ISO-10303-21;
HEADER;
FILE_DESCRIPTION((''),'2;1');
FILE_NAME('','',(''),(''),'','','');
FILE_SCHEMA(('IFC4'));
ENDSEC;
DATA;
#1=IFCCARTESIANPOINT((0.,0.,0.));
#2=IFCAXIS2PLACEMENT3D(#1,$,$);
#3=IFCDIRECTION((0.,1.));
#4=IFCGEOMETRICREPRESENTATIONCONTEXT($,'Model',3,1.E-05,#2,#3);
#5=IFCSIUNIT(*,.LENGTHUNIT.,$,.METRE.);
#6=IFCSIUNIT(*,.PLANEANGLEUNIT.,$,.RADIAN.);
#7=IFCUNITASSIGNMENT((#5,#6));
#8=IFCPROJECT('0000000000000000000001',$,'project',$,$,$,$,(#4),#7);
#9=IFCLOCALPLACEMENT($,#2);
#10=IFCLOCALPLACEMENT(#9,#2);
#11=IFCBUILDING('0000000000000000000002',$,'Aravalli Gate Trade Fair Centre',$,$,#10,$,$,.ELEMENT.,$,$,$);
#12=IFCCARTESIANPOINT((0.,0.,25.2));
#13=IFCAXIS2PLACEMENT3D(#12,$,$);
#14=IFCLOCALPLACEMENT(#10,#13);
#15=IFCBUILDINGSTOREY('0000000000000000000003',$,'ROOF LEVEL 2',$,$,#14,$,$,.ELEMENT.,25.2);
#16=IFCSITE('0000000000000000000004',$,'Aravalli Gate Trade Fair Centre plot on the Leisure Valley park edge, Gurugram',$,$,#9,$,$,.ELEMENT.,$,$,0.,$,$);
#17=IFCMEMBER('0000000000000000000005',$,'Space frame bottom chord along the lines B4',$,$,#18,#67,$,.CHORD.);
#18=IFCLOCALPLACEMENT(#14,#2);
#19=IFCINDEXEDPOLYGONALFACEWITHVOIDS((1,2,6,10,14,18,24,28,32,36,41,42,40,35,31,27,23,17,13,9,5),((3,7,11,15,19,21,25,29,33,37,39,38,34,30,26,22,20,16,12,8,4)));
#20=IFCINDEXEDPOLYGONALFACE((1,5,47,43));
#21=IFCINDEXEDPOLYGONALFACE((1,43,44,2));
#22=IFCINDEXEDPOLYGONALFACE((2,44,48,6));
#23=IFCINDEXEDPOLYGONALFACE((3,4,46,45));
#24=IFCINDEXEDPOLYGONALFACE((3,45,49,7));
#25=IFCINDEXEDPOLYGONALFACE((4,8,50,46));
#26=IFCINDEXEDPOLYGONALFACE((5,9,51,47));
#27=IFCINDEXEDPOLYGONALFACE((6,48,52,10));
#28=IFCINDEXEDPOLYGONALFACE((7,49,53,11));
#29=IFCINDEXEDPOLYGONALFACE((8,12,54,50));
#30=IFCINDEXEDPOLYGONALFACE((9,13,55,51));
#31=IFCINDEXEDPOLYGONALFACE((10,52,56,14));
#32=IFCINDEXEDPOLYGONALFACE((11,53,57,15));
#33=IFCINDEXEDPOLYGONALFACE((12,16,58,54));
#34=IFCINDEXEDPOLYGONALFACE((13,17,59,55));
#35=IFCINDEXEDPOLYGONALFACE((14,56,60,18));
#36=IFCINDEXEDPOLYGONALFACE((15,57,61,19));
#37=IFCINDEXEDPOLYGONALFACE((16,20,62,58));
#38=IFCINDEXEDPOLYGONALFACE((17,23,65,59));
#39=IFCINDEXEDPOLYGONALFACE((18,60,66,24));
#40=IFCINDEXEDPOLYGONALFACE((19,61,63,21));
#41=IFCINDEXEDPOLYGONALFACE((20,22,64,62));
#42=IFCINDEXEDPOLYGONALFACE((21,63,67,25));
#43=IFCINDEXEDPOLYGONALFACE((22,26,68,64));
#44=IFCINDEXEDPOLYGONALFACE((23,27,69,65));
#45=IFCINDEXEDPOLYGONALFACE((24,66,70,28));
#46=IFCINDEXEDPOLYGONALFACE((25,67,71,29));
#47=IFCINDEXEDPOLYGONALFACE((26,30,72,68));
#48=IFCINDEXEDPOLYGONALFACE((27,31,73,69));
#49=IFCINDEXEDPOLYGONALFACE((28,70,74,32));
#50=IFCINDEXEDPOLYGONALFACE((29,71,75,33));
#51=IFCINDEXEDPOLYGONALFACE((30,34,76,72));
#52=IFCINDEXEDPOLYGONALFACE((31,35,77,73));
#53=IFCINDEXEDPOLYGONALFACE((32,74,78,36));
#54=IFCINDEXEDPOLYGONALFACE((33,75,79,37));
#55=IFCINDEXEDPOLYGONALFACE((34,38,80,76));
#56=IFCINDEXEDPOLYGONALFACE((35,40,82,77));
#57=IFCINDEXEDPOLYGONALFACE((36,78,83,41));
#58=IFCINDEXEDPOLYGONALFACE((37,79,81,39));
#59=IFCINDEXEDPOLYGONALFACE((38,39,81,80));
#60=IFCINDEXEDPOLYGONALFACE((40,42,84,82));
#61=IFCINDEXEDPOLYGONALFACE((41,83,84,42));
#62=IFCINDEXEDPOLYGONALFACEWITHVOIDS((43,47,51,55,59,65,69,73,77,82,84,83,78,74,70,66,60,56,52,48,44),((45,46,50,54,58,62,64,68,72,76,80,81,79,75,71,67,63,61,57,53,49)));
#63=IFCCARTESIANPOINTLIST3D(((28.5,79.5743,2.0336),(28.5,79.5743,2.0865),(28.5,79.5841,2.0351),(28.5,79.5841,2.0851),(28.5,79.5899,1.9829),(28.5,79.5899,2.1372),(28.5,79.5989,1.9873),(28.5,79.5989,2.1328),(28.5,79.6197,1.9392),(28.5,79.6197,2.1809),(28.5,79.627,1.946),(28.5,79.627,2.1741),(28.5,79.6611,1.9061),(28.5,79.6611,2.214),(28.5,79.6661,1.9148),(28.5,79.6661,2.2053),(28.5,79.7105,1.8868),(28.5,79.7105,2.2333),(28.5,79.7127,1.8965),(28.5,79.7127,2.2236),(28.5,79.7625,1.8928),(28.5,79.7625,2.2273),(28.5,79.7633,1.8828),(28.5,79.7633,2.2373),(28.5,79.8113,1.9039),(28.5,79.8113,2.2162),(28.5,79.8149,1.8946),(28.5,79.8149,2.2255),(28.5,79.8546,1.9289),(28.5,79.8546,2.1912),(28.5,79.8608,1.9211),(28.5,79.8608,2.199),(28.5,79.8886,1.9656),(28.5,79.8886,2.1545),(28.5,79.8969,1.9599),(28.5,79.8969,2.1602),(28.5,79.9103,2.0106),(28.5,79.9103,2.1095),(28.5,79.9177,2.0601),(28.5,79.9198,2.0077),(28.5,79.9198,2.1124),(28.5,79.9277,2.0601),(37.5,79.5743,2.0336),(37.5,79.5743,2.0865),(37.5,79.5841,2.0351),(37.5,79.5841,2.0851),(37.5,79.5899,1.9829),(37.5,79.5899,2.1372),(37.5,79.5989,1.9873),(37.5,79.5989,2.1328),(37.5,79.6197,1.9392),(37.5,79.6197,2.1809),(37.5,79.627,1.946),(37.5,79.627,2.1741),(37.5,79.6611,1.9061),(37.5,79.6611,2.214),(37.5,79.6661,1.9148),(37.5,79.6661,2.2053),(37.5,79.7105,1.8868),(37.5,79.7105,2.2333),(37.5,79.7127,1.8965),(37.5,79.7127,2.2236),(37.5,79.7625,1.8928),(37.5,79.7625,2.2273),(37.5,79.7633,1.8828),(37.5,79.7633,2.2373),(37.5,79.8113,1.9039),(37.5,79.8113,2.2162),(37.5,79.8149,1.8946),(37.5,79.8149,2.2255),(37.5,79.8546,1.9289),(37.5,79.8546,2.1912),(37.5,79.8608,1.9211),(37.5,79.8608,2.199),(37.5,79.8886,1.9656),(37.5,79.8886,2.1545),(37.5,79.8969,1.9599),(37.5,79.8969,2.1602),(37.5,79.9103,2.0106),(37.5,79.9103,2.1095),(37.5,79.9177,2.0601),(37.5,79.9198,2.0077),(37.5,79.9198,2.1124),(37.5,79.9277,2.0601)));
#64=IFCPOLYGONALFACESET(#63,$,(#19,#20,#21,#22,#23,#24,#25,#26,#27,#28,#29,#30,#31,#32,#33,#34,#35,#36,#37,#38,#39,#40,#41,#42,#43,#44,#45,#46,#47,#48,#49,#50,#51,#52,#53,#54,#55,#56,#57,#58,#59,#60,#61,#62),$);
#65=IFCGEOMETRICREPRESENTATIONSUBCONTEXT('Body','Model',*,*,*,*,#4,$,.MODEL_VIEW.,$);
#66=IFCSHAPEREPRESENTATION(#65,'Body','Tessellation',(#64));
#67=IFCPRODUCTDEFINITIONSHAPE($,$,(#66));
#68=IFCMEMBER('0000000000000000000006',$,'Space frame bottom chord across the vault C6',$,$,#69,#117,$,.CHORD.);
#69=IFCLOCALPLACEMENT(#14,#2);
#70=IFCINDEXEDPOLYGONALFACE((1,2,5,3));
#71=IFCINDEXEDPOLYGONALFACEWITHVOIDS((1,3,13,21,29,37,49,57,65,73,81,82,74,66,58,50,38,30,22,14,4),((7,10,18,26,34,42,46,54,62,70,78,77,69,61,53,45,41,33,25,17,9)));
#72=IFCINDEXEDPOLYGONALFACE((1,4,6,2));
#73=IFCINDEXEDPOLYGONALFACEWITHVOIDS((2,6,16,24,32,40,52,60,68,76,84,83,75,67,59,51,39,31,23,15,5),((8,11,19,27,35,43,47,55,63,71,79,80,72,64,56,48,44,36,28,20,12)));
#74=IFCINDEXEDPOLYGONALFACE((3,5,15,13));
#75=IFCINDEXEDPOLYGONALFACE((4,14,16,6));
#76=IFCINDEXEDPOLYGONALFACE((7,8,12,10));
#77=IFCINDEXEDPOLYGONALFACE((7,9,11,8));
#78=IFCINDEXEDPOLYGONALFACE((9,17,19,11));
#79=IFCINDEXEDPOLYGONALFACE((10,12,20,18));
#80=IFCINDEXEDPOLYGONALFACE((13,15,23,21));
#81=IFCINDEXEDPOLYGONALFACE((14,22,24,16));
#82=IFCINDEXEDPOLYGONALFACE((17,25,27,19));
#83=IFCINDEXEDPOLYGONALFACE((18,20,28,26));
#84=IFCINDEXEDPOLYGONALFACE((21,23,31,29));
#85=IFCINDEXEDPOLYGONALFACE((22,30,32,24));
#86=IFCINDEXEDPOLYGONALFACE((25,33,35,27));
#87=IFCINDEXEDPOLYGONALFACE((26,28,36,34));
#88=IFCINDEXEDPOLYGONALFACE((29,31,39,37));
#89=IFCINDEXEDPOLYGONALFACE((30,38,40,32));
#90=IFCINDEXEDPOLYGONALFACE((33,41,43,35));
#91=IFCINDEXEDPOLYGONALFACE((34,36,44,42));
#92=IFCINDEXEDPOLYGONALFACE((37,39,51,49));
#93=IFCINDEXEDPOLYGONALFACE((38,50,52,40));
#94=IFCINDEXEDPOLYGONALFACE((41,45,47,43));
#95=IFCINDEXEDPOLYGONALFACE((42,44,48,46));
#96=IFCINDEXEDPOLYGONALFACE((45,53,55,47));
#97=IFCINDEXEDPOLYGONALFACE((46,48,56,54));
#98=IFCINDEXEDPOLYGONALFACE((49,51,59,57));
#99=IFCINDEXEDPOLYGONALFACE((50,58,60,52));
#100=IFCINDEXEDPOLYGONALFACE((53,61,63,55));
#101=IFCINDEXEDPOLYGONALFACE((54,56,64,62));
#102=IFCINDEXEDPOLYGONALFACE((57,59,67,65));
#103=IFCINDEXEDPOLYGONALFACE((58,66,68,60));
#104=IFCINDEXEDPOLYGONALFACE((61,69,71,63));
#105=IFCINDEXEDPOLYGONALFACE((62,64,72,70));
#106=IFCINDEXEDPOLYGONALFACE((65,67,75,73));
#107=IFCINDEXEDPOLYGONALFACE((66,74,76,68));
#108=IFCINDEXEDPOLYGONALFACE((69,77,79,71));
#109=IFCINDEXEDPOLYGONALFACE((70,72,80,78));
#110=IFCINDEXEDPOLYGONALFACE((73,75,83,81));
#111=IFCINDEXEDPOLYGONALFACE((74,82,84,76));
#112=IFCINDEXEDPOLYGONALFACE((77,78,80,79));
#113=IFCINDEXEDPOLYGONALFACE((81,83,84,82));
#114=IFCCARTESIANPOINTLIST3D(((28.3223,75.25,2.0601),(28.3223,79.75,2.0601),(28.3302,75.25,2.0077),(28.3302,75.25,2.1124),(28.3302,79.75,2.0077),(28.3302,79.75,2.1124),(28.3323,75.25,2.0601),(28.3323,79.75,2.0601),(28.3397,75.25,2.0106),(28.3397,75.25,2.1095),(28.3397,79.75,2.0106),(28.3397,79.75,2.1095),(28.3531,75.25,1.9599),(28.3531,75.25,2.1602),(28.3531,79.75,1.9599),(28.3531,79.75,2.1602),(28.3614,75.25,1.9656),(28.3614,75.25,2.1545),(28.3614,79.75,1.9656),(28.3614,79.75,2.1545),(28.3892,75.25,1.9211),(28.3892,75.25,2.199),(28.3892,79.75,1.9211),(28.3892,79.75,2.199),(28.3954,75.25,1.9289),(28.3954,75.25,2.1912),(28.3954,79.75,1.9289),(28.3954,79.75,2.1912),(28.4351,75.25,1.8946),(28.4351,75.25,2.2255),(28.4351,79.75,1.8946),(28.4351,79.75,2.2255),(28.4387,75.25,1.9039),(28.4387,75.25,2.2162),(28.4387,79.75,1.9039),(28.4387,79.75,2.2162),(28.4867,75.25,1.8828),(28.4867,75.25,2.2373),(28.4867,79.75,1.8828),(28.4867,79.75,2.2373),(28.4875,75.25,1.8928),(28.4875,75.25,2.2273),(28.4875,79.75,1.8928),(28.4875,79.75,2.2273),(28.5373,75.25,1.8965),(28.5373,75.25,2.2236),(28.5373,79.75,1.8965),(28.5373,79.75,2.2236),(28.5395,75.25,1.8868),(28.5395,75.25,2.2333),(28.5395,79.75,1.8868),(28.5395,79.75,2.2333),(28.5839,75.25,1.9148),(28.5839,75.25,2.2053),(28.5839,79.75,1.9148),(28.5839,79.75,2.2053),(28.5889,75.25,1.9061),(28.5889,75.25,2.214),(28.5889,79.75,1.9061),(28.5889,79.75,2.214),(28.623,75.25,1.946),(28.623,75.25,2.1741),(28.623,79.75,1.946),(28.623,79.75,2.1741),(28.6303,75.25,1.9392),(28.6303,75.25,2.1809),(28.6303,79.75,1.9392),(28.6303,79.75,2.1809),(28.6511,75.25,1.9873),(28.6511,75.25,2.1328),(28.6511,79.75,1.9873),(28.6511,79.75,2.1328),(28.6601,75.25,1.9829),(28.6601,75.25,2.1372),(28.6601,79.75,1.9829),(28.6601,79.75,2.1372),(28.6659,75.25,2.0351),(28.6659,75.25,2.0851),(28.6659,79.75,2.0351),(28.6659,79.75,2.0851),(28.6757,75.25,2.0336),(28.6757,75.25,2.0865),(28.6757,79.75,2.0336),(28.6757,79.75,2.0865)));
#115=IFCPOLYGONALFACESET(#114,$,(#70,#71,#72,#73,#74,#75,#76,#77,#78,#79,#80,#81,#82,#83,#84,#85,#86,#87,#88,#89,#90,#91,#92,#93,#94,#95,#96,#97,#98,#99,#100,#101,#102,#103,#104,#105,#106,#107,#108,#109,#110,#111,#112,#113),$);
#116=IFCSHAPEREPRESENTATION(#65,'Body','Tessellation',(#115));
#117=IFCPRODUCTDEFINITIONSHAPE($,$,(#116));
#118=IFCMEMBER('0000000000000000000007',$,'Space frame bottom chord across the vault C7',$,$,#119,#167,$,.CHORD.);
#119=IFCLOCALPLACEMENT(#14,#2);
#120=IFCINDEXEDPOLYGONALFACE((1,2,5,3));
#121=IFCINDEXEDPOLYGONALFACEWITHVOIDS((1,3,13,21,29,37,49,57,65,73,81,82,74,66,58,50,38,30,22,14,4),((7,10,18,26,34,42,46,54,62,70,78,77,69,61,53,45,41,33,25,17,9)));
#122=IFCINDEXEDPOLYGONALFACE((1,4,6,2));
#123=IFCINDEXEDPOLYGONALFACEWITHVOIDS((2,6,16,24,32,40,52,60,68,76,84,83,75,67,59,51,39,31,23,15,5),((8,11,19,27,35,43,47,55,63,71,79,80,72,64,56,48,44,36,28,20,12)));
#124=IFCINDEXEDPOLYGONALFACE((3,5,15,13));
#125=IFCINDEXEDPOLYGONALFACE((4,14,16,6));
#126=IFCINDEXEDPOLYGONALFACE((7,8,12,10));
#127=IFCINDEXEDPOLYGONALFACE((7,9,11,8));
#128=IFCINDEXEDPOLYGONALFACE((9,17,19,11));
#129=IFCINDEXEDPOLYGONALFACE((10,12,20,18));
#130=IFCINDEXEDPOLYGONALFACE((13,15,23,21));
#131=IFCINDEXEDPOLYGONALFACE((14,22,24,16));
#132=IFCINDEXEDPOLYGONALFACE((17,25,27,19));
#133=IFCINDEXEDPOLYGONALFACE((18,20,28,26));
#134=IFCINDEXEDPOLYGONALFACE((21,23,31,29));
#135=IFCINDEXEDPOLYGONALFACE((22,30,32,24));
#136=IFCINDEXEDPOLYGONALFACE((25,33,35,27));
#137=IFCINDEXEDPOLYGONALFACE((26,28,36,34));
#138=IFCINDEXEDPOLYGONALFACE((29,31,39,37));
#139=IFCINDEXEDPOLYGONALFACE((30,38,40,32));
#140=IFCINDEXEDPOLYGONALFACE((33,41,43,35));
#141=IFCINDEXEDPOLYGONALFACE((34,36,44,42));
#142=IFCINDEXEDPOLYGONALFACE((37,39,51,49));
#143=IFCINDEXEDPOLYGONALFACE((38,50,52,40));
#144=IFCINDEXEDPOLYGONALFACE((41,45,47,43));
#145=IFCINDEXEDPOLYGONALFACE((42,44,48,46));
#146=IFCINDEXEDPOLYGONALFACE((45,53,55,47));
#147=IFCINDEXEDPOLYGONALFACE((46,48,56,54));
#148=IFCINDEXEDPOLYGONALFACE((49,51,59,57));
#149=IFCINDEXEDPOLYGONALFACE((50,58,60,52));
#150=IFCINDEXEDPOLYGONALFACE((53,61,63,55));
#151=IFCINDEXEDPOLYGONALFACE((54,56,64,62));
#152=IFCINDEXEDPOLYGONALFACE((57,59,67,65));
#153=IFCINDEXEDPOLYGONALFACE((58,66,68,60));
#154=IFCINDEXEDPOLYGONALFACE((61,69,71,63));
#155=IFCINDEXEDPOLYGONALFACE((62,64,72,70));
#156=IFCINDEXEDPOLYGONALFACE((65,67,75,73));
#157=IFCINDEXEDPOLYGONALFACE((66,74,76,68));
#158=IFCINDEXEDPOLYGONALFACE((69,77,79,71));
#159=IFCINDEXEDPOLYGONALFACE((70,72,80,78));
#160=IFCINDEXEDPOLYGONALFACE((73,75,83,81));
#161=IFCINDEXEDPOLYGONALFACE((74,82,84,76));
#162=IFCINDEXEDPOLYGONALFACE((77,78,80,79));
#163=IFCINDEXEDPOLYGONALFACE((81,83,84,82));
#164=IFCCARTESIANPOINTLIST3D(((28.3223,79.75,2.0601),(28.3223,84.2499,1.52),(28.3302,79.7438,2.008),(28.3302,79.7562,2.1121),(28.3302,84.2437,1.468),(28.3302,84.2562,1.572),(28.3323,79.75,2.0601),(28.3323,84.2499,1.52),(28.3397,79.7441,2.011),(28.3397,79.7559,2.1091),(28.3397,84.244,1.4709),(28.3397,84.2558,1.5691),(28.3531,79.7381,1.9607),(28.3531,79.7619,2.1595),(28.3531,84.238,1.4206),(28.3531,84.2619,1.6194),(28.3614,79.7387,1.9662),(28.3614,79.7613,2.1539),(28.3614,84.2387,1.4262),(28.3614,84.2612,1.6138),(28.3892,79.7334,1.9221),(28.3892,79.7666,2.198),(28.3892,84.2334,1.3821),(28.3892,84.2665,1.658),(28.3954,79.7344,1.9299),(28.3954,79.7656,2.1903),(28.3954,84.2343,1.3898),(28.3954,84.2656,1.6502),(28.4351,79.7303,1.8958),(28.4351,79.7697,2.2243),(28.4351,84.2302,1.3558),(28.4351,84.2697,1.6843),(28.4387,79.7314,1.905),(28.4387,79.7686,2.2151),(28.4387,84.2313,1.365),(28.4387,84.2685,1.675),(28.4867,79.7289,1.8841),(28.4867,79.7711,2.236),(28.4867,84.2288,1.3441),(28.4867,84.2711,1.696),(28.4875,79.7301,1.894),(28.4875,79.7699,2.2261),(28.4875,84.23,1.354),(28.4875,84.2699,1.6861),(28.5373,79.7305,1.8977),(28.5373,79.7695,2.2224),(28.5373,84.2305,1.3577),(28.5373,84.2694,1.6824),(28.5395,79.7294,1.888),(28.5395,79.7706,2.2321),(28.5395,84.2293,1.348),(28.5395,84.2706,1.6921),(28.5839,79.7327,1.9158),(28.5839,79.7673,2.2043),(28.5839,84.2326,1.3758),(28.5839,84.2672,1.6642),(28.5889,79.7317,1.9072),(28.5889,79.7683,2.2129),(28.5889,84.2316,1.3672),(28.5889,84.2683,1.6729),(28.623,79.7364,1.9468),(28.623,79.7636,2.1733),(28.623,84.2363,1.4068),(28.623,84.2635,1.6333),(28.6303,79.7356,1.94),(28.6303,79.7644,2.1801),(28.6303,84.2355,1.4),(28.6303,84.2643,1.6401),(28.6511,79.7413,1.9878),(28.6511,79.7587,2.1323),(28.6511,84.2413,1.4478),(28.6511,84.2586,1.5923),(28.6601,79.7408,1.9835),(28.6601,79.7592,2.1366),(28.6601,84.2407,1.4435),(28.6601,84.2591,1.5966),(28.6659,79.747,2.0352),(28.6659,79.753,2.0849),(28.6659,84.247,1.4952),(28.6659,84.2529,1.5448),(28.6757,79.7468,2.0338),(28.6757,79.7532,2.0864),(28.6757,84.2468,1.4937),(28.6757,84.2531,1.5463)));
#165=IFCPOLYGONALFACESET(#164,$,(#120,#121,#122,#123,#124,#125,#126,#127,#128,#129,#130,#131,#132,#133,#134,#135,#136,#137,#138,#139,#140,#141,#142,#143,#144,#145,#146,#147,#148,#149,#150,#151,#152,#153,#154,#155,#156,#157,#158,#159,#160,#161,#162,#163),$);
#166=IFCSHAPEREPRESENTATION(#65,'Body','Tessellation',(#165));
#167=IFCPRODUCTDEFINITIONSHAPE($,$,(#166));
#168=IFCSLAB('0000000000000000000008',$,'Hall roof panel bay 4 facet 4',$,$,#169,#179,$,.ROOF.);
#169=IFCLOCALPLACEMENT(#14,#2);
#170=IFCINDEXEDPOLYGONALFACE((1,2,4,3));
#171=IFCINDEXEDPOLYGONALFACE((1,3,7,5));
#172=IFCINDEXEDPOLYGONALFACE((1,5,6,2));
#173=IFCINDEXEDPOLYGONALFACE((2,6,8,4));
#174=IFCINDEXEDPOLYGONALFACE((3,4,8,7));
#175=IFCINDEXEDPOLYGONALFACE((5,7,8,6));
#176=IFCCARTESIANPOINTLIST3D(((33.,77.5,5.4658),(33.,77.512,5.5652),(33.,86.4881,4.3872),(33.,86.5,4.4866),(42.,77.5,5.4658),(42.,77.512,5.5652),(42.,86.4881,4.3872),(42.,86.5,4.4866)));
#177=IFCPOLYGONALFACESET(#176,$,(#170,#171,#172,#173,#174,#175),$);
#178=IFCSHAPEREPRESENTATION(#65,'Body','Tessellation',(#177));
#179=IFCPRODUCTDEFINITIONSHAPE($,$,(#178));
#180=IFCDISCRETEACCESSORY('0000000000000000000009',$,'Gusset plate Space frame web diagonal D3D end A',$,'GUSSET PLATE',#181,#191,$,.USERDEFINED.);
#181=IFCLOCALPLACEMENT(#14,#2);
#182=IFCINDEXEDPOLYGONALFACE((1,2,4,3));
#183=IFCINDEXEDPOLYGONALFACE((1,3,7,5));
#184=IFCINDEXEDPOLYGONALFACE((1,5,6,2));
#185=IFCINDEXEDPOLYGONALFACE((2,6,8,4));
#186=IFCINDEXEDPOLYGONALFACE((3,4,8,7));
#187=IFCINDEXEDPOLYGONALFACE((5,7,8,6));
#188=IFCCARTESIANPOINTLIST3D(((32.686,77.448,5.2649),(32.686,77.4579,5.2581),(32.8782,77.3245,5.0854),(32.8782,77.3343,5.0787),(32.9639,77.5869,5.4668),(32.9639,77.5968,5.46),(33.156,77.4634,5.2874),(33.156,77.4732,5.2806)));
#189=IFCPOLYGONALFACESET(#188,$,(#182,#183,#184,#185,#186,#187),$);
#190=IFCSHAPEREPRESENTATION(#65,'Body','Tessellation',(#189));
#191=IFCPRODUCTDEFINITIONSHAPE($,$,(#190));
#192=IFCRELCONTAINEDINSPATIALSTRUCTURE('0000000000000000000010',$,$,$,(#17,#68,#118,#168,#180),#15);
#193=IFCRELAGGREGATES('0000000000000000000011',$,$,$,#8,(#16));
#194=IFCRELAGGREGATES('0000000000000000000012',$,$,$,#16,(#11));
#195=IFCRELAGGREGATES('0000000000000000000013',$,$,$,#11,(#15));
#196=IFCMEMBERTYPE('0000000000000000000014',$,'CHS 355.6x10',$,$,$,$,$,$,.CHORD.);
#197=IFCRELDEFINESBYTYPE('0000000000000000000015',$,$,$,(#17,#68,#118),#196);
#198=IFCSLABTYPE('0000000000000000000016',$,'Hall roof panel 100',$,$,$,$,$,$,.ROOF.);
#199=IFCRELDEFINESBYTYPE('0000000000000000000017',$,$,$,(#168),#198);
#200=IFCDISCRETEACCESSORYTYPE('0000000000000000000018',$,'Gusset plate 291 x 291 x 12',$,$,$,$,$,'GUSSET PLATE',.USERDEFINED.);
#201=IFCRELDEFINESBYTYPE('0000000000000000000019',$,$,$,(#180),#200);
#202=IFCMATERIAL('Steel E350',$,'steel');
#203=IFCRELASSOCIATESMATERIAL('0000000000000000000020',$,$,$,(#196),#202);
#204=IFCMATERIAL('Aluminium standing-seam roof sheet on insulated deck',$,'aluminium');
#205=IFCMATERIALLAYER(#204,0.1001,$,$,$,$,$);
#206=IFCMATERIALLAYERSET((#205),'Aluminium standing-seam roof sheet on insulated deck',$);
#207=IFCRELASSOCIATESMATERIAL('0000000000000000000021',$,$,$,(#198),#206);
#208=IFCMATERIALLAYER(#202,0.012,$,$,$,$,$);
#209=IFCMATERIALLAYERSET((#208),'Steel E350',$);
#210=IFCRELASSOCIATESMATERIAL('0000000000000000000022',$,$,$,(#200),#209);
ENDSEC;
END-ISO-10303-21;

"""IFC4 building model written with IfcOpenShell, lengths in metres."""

from ifc_helpers import new_model, si_unit, direction, frame, origin, origin_2d, place, context, subcontext, project, spatial, polyline, hollow_circle, outline, extrude, material, layer, layer_set, material_profile, profile_set, type_object, element, save


model = new_model("IFC4")

# Units and contexts
model_context = context("Model", 3, precision=1e-05, world=origin(), true_north=direction((0.0, 1.0)))
body_context = subcontext(model_context, "Body", "Model", "MODEL_VIEW")
ifc_project = project(units=[si_unit("LENGTHUNIT", "METRE"), si_unit("PLANEANGLEUNIT", "RADIAN")], contexts=[model_context])

# Site, building, storey
site_placement = place(None, origin())
site = spatial("IfcSite", under=ifc_project, at=site_placement, Name="Aravalli Gate Trade Fair Centre plot on the Leisure Valley park edge, Gurugram", CompositionType="ELEMENT", RefElevation=0.0)
building_placement = place(site_placement, origin())
building = spatial("IfcBuilding", under=site, at=building_placement, Name="Aravalli Gate Trade Fair Centre", CompositionType="ELEMENT")
storey_placement = place(building_placement, frame((0.0, 0.0, 25.2)))
storey = spatial("IfcBuildingStorey", under=building, at=storey_placement, Name="ROOF LEVEL 2", CompositionType="ELEMENT", Elevation=25.2)

# Members
ifc_material_1 = material(Name="Steel E350", Category="steel")
ifc_material_profile_1 = material_profile(ifc_material_1, hollow_circle(Radius=0.1777, WallThickness=0.01, at=origin_2d()), Name="CHS 355.6x10")
ifc_profile_set_1 = profile_set([ifc_material_profile_1], Name="Steel E350")
member_type_1 = type_object("IfcMemberType", Name="CHS 355.6x10", PredefinedType="CHORD", material=ifc_profile_set_1)
for number, where, z_axis, x_axis, name in (
    (1, (28.5, 79.75, 2.0601), (1.0, 0.0, 0.0), (0.0, 1.0, 0.0), "Space frame bottom chord along the lines B4"),
):
    element("IfcMember", number, at=place(storey_placement, frame(where, z_axis=z_axis, x_axis=x_axis)), inside=storey, type_object=member_type_1, Name=name, PredefinedType="CHORD", context=body_context, shape_type="SweptSolid", body=[
        extrude(hollow_circle(Radius=0.1777, WallThickness=0.01, at=origin_2d()), origin(), (0.0, 0.0, 1.0), 9.0),
    ])
member_1_placement = place(storey_placement, frame((28.5, 75.25, 2.0601), z_axis=(0.0, 1.0, 0.0), x_axis=(-1.0, 0.0, 0.0)))
element("IfcMember", 2, at=member_1_placement, inside=storey, type_object=member_type_1, Name="Space frame bottom chord across the vault C6", PredefinedType="CHORD", context=body_context, shape_type="SweptSolid", body=[
    extrude(hollow_circle(Radius=0.1777, WallThickness=0.01, at=origin_2d()), origin(), (0.0, 0.0, 1.0), 4.5),
])
member_2_placement = place(storey_placement, frame((28.5, 79.75, 2.0601), z_axis=(0.0, 0.992876, -0.119154), x_axis=(-1.0, 0.0, 0.0)))
element("IfcMember", 3, at=member_2_placement, inside=storey, type_object=member_type_1, Name="Space frame bottom chord across the vault C7", PredefinedType="CHORD", context=body_context, shape_type="SweptSolid", body=[
    extrude(hollow_circle(Radius=0.1777, WallThickness=0.01, at=origin_2d()), origin(), (0.0, 0.0, 1.0), 4.5322),
])

# Slab
ifc_material_2 = material(Name="Aluminium standing-seam roof sheet on insulated deck", Category="aluminium")
ifc_layer_1 = layer(ifc_material_2, 0.1001)
ifc_layer_set_1 = layer_set([ifc_layer_1], Name="Aluminium standing-seam roof sheet on insulated deck")
slab_type = type_object("IfcSlabType", Name="Hall roof panel 100", PredefinedType="ROOF", material=ifc_layer_set_1)
slab_placement = place(storey_placement, frame((33.0, 77.512, 5.5652), z_axis=(0.0, 0.119151, 0.992876), x_axis=(1.0, 0.0, 0.0)))
element("IfcSlab", 4, at=slab_placement, inside=storey, type_object=slab_type, Name="Hall roof panel bay 4 facet 4", PredefinedType="ROOF", context=body_context, shape_type="SweptSolid", body=[
    extrude(outline(polyline([(0.0, 0.0), (9.0, 0.0), (9.0, 9.0525), (0.0, 9.0525), (0.0, 0.0)])), origin(), (0.0, 0.0, -1.0), 0.1001),
])

# Discrete accessory
ifc_layer_2 = layer(ifc_material_1, 0.012)
ifc_layer_set_2 = layer_set([ifc_layer_2], Name="Steel E350")
discrete_accessory_type = type_object("IfcDiscreteAccessoryType", Name="Gusset plate 291 x 291 x 12", ElementType="GUSSET PLATE", PredefinedType="USERDEFINED", material=ifc_layer_set_2)
discrete_accessory_1_placement = place(storey_placement, frame((32.686, 77.448, 5.2649), z_axis=(-0.000137, -0.82375, 0.566952), x_axis=(0.749929, 0.374965, 0.544984)))
element("IfcDiscreteAccessory", 5, at=discrete_accessory_1_placement, inside=storey, type_object=discrete_accessory_type, Name="Gusset plate Space frame web diagonal D3D end A", ObjectType="GUSSET PLATE", PredefinedType="USERDEFINED", context=body_context, shape_type="SweptSolid", body=[
    extrude(outline(polyline([(0.0, 0.0), (0.3705, 0.0), (0.3705, -0.2905), (0.0, -0.2905), (0.0, 0.0)])), origin(), (0.0, 0.0, -1.0), 0.012),
])

save(model, "model.ifc")
